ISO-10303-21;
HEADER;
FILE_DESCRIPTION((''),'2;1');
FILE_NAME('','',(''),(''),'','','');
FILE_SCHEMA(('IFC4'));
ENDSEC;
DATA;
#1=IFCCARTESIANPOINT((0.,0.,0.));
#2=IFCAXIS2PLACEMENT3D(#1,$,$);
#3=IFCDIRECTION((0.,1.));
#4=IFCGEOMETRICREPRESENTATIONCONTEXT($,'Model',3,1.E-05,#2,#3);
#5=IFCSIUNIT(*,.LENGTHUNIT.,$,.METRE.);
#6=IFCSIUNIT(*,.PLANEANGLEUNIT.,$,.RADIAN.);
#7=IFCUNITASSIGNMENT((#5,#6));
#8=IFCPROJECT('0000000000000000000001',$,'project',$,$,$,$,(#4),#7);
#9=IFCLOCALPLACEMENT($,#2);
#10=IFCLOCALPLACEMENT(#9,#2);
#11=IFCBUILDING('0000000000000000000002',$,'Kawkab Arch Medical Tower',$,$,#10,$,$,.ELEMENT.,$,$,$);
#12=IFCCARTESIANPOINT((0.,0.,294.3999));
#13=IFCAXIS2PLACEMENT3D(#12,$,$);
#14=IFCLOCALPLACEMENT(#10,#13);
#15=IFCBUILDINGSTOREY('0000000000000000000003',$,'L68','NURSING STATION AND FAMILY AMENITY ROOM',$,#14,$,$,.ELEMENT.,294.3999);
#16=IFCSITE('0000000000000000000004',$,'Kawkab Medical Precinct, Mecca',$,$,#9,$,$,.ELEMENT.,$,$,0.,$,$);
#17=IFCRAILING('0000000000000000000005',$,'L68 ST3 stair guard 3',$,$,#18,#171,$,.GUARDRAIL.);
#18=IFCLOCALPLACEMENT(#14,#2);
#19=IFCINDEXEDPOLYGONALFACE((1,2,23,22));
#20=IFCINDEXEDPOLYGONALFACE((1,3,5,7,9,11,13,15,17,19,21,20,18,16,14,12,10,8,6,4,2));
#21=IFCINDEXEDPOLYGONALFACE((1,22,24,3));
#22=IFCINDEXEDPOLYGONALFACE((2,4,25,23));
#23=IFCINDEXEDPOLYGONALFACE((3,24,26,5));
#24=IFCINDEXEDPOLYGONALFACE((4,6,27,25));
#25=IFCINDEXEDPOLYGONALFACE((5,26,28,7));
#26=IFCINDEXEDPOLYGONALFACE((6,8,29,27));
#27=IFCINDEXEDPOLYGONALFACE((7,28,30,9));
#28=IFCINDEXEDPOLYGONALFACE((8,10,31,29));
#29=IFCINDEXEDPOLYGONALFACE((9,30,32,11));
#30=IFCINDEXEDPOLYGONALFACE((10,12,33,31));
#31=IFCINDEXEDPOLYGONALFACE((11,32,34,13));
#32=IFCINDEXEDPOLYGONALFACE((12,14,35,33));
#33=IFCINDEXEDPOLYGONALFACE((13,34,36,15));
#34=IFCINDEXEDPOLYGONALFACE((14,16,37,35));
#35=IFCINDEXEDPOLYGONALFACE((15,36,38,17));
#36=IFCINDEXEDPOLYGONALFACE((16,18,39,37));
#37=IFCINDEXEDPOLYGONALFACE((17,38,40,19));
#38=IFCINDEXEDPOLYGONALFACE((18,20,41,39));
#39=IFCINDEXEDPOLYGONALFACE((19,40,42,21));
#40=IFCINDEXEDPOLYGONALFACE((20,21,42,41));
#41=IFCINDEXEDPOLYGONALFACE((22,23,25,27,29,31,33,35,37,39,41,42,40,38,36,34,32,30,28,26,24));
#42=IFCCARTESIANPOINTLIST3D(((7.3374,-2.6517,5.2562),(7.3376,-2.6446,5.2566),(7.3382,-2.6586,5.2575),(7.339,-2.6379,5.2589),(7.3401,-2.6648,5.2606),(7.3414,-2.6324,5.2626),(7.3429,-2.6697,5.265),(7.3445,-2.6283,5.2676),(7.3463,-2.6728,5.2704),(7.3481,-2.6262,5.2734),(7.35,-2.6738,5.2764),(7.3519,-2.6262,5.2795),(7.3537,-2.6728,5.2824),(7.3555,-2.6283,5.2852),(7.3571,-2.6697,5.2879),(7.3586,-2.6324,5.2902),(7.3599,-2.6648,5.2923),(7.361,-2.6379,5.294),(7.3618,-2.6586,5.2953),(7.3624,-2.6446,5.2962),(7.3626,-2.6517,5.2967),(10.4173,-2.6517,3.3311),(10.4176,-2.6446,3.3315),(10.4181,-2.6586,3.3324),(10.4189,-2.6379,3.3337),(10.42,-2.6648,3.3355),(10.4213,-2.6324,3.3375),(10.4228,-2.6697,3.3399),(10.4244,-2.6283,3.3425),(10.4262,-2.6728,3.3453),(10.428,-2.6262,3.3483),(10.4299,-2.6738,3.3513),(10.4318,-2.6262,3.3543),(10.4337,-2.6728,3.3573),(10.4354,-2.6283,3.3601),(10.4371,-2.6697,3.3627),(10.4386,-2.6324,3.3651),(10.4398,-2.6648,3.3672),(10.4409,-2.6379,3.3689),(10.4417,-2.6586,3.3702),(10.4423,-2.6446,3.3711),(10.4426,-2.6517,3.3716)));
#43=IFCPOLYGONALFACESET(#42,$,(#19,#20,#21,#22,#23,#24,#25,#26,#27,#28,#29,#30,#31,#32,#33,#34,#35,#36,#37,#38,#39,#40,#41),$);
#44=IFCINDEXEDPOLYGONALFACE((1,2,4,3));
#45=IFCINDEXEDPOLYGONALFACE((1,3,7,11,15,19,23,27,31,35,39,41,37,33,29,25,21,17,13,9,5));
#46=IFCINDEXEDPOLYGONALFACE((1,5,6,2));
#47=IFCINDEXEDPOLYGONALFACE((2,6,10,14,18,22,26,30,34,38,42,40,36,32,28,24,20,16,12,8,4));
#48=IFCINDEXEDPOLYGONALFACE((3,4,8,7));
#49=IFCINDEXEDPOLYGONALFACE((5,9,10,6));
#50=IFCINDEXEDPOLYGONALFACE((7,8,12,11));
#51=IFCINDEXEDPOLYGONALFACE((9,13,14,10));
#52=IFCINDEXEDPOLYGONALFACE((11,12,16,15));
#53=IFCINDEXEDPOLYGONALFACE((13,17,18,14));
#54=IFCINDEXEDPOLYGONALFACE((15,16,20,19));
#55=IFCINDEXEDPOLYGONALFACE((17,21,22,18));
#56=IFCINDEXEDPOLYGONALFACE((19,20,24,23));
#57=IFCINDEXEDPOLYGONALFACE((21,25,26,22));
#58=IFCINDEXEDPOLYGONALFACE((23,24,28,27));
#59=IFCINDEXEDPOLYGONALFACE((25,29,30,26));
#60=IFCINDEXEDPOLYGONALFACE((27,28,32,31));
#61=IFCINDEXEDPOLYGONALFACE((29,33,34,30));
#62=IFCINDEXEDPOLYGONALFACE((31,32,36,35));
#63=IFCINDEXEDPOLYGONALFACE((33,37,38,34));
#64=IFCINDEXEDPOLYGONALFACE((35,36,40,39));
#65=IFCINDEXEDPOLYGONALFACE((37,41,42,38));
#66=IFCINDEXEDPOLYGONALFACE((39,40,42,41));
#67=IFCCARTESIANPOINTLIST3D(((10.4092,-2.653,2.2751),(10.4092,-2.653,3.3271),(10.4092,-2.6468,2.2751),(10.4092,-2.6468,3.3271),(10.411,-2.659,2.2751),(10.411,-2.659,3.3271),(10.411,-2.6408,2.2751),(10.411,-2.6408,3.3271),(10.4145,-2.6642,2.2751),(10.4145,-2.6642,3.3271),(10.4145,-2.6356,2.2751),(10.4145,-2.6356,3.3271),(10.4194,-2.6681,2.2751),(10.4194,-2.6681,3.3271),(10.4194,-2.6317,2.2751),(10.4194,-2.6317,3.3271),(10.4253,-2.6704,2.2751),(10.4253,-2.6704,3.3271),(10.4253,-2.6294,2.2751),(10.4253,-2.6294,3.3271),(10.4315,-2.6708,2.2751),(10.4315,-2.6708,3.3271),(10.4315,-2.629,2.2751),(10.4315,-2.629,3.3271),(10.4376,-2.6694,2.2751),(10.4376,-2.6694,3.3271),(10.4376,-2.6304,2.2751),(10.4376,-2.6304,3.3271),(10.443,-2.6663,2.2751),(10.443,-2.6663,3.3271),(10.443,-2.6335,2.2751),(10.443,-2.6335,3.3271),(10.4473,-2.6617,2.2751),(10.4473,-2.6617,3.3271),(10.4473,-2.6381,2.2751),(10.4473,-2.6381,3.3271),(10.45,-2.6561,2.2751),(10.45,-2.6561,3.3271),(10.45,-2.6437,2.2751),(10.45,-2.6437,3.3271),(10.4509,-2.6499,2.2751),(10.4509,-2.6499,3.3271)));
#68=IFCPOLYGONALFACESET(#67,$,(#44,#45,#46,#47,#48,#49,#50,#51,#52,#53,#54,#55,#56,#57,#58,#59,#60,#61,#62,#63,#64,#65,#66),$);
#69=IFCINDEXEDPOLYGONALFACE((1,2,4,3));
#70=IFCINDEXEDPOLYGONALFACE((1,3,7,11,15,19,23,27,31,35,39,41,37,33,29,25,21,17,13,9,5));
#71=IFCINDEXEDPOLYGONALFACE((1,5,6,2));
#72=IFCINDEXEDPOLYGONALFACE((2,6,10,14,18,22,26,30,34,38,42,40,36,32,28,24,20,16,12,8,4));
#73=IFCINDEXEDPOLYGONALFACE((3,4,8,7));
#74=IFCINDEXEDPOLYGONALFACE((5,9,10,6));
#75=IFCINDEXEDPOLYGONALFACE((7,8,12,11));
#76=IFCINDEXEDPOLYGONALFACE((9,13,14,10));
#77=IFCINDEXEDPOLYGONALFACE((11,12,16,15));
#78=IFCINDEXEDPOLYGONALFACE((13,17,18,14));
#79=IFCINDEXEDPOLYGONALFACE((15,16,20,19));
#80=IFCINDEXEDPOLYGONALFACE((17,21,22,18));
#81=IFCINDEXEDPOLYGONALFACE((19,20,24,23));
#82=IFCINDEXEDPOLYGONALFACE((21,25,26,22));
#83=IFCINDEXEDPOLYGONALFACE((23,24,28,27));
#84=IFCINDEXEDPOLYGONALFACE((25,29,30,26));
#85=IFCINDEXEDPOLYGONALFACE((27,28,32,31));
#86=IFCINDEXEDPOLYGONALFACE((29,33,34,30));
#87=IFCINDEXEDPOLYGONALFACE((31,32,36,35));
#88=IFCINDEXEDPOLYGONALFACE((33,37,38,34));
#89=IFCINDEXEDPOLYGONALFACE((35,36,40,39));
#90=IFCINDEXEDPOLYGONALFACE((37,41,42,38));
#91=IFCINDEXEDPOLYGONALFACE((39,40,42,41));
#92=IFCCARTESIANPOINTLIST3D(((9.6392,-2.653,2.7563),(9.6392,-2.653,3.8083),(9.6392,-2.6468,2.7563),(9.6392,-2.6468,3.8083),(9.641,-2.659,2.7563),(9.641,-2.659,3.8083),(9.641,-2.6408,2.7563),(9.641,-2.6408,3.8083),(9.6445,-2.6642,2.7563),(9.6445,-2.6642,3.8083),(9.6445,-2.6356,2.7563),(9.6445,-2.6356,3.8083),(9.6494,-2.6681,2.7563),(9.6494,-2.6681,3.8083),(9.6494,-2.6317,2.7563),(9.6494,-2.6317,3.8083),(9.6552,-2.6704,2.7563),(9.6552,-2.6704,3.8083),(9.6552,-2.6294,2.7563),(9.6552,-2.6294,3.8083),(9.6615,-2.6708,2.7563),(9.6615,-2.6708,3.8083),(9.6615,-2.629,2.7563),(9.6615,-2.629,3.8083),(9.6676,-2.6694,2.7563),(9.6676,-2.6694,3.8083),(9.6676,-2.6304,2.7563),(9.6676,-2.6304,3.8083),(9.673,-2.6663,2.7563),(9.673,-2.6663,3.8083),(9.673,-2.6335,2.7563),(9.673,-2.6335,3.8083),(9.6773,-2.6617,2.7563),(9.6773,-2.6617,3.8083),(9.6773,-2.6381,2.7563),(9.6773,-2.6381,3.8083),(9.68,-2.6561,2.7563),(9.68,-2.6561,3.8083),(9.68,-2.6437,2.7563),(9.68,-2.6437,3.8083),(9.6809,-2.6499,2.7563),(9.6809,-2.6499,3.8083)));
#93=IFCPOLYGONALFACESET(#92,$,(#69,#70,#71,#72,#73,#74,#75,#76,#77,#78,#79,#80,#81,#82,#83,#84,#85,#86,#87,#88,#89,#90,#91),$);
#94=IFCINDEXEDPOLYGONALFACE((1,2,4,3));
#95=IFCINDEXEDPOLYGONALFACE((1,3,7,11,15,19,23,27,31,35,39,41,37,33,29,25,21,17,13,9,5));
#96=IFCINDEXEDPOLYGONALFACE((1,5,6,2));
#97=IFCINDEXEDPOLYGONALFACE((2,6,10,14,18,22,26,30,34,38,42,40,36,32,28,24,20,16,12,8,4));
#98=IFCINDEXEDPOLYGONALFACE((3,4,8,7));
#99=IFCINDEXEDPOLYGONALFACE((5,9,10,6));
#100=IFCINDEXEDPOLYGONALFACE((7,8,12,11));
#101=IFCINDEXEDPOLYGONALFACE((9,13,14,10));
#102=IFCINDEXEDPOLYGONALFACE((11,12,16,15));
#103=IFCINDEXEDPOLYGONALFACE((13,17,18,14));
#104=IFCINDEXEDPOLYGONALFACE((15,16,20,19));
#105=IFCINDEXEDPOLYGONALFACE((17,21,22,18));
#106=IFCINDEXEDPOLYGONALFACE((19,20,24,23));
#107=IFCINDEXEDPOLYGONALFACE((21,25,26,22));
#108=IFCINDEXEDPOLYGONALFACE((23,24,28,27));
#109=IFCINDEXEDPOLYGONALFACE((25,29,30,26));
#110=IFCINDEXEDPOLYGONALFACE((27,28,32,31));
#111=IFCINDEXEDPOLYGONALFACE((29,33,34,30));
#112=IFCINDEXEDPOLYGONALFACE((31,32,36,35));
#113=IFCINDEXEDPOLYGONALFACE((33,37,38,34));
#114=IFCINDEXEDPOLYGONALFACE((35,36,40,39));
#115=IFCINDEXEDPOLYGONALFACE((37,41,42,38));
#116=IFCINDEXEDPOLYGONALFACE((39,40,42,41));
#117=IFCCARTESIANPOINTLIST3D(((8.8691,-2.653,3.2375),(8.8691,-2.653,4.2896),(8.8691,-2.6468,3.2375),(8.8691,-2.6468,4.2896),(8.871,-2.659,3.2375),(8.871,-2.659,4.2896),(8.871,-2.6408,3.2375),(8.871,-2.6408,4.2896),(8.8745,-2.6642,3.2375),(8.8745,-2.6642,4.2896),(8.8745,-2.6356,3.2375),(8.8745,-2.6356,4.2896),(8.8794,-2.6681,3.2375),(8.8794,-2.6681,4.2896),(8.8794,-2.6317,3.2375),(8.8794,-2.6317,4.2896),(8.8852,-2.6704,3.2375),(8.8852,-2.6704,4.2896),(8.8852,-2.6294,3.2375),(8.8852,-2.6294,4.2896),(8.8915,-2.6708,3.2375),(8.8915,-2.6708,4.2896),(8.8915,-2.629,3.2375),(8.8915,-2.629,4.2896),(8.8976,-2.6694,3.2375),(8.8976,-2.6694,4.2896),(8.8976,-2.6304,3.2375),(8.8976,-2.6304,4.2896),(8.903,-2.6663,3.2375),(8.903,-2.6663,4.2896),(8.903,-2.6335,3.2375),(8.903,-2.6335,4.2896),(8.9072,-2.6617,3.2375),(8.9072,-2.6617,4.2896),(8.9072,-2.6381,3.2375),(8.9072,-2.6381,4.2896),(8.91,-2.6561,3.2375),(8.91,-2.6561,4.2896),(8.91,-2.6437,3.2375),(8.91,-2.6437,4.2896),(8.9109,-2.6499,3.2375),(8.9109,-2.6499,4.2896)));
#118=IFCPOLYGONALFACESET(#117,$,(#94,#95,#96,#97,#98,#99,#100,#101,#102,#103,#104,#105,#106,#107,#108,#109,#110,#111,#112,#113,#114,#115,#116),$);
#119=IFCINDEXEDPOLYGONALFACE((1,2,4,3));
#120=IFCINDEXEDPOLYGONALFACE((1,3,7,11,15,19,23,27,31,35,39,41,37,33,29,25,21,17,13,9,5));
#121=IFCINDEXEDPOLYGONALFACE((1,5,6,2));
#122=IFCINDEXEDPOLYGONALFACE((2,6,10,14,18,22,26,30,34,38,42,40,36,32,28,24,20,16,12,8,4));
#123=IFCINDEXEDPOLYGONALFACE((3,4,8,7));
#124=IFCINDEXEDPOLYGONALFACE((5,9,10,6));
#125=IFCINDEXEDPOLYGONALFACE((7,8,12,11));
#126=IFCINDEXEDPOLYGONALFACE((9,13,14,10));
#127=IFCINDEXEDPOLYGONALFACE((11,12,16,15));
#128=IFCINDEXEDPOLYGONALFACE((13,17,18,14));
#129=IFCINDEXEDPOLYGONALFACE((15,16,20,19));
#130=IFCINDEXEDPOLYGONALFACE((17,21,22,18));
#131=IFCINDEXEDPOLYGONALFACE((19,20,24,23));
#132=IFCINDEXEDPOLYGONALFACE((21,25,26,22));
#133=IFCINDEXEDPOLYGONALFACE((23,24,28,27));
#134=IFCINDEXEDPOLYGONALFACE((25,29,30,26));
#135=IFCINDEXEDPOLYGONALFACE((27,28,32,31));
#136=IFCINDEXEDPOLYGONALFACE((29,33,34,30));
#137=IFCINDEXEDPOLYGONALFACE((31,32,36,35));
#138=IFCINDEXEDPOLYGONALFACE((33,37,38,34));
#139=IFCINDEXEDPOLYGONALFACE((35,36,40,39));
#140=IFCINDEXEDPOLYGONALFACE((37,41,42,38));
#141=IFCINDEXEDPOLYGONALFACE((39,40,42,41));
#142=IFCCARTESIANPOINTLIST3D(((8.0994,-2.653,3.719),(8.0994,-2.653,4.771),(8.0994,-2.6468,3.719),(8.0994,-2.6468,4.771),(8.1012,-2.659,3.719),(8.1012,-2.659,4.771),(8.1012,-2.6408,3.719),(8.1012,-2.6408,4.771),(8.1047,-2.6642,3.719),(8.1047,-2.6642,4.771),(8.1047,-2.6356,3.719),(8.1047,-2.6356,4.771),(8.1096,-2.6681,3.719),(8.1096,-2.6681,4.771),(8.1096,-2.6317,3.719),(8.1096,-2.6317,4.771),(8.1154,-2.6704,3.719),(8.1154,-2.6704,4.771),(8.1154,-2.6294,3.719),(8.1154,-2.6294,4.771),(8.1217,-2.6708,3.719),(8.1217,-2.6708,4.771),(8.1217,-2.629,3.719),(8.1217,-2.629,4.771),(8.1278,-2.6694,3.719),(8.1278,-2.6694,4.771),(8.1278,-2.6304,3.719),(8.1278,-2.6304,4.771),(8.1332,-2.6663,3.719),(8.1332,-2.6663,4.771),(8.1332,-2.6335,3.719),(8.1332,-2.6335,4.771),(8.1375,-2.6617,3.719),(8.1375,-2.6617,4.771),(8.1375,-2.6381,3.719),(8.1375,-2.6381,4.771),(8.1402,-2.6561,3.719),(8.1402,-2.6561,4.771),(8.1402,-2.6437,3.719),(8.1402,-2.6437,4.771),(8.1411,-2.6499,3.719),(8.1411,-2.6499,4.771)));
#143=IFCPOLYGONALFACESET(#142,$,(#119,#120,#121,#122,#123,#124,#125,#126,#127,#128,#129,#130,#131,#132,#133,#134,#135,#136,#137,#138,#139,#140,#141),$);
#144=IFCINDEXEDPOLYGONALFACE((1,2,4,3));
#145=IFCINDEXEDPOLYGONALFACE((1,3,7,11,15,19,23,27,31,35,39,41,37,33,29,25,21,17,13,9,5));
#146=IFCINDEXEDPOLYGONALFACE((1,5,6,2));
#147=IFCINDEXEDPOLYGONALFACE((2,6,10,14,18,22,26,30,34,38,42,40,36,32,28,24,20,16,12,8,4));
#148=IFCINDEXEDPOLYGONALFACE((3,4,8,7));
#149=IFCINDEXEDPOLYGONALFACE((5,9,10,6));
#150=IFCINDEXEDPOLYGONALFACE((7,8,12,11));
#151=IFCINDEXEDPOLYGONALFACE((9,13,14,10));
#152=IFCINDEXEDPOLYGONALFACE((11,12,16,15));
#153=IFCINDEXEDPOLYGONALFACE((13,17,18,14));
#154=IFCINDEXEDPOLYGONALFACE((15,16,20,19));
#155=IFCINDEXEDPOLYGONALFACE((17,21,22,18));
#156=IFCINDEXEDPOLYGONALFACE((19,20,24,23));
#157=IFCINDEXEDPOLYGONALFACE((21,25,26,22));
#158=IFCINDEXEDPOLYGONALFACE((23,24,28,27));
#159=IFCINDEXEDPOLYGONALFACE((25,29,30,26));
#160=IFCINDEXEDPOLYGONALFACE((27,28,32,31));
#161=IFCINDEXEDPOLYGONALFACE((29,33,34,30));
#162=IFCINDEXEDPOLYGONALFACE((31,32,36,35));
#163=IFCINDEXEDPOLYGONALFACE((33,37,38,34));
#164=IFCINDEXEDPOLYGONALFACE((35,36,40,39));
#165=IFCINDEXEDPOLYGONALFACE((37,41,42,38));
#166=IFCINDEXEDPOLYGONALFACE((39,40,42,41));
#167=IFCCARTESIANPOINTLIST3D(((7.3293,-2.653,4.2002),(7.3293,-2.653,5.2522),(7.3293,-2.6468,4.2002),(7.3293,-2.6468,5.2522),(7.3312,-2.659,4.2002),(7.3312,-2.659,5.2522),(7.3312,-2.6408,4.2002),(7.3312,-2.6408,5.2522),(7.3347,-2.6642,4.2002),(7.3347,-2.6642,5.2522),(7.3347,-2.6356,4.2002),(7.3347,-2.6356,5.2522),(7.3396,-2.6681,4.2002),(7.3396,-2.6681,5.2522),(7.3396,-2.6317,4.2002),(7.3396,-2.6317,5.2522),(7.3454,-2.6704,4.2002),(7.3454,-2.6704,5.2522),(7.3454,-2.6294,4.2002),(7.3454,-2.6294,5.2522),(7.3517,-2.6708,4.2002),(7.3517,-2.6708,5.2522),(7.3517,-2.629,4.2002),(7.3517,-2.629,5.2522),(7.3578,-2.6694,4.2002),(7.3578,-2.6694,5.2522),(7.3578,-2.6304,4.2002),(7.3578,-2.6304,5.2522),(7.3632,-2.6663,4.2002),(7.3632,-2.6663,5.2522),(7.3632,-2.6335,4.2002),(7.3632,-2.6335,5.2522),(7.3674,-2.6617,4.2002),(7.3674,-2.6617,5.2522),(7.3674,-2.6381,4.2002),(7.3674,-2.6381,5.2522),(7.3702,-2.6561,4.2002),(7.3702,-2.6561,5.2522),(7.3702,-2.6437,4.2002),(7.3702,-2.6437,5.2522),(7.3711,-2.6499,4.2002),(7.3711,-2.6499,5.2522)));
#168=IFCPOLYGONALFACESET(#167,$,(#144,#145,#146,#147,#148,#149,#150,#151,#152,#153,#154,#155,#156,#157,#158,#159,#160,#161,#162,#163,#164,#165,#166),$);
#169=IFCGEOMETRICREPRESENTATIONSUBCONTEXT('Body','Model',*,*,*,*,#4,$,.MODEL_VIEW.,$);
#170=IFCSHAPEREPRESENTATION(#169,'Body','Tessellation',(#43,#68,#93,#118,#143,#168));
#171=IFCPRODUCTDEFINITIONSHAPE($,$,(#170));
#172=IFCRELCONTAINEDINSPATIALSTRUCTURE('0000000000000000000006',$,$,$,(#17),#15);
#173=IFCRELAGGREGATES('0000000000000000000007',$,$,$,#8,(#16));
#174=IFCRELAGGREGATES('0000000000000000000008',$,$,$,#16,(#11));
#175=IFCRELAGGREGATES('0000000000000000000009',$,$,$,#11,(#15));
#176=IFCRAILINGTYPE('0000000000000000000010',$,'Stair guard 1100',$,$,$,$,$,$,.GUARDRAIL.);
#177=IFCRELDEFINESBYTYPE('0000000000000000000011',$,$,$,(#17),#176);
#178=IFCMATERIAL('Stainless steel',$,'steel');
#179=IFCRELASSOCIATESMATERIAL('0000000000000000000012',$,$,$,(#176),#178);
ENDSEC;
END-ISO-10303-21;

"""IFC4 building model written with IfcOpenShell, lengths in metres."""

from ifc_helpers import new_model, si_unit, direction, frame, origin, origin_2d, place, context, subcontext, project, spatial, circle, extrude, material, type_object, element, save


model = new_model("IFC4")

# Units and contexts
model_context = context("Model", 3, precision=1e-05, world=origin(), true_north=direction((0.0, 1.0)))
body_context = subcontext(model_context, "Body", "Model", "MODEL_VIEW")
ifc_project = project(units=[si_unit("LENGTHUNIT", "METRE"), si_unit("PLANEANGLEUNIT", "RADIAN")], contexts=[model_context])

# Site, building, storey
site_placement = place(None, origin())
site = spatial("IfcSite", under=ifc_project, at=site_placement, Name="Kawkab Medical Precinct, Mecca", CompositionType="ELEMENT", RefElevation=0.0)
building_placement = place(site_placement, origin())
building = spatial("IfcBuilding", under=site, at=building_placement, Name="Kawkab Arch Medical Tower", CompositionType="ELEMENT")
storey_placement = place(building_placement, frame((0.0, 0.0, 294.3999)))
storey = spatial("IfcBuildingStorey", under=building, at=storey_placement, Name="L68", Description="NURSING STATION AND FAMILY AMENITY ROOM", CompositionType="ELEMENT", Elevation=294.3999)

# Railing
ifc_material_1 = material(Name="Stainless steel", Category="steel")
railing_type_1 = type_object("IfcRailingType", Name="Stair guard 1100", PredefinedType="GUARDRAIL", material=ifc_material_1)
railing_1_placement = place(storey_placement, frame((10.4299, -2.6499, 2.2751)))
element("IfcRailing", 1, at=railing_1_placement, inside=storey, type_object=railing_type_1, Name="L68 ST3 stair guard 3", PredefinedType="GUARDRAIL", context=body_context, shape_type="SweptSolid", body=[
    extrude(circle(Radius=0.0239, at=origin_2d()), frame((0.0, 0.0, 1.0762), z_axis=(-0.847979, 0.0, 0.530029), x_axis=(0.0, -1.0, 0.0)), (0.0, 0.0, 1.0), 3.6321),
    extrude(circle(Radius=0.021, at=origin_2d()), origin(), (0.0, 0.0, 1.0), 1.052),
    extrude(circle(Radius=0.021, at=origin_2d()), frame((-0.77, 0.0, 0.4812)), (0.0, 0.0, 1.0), 1.052),
    extrude(circle(Radius=0.021, at=origin_2d()), frame((-1.54, 0.0, 0.9624)), (0.0, 0.0, 1.0), 1.052),
    extrude(circle(Radius=0.021, at=origin_2d()), frame((-2.3098, 0.0, 1.4438)), (0.0, 0.0, 1.0), 1.052),
    extrude(circle(Radius=0.021, at=origin_2d()), frame((-3.0798, 0.0, 1.925)), (0.0, 0.0, 1.0), 1.052),
])

save(model, "model.ifc")
